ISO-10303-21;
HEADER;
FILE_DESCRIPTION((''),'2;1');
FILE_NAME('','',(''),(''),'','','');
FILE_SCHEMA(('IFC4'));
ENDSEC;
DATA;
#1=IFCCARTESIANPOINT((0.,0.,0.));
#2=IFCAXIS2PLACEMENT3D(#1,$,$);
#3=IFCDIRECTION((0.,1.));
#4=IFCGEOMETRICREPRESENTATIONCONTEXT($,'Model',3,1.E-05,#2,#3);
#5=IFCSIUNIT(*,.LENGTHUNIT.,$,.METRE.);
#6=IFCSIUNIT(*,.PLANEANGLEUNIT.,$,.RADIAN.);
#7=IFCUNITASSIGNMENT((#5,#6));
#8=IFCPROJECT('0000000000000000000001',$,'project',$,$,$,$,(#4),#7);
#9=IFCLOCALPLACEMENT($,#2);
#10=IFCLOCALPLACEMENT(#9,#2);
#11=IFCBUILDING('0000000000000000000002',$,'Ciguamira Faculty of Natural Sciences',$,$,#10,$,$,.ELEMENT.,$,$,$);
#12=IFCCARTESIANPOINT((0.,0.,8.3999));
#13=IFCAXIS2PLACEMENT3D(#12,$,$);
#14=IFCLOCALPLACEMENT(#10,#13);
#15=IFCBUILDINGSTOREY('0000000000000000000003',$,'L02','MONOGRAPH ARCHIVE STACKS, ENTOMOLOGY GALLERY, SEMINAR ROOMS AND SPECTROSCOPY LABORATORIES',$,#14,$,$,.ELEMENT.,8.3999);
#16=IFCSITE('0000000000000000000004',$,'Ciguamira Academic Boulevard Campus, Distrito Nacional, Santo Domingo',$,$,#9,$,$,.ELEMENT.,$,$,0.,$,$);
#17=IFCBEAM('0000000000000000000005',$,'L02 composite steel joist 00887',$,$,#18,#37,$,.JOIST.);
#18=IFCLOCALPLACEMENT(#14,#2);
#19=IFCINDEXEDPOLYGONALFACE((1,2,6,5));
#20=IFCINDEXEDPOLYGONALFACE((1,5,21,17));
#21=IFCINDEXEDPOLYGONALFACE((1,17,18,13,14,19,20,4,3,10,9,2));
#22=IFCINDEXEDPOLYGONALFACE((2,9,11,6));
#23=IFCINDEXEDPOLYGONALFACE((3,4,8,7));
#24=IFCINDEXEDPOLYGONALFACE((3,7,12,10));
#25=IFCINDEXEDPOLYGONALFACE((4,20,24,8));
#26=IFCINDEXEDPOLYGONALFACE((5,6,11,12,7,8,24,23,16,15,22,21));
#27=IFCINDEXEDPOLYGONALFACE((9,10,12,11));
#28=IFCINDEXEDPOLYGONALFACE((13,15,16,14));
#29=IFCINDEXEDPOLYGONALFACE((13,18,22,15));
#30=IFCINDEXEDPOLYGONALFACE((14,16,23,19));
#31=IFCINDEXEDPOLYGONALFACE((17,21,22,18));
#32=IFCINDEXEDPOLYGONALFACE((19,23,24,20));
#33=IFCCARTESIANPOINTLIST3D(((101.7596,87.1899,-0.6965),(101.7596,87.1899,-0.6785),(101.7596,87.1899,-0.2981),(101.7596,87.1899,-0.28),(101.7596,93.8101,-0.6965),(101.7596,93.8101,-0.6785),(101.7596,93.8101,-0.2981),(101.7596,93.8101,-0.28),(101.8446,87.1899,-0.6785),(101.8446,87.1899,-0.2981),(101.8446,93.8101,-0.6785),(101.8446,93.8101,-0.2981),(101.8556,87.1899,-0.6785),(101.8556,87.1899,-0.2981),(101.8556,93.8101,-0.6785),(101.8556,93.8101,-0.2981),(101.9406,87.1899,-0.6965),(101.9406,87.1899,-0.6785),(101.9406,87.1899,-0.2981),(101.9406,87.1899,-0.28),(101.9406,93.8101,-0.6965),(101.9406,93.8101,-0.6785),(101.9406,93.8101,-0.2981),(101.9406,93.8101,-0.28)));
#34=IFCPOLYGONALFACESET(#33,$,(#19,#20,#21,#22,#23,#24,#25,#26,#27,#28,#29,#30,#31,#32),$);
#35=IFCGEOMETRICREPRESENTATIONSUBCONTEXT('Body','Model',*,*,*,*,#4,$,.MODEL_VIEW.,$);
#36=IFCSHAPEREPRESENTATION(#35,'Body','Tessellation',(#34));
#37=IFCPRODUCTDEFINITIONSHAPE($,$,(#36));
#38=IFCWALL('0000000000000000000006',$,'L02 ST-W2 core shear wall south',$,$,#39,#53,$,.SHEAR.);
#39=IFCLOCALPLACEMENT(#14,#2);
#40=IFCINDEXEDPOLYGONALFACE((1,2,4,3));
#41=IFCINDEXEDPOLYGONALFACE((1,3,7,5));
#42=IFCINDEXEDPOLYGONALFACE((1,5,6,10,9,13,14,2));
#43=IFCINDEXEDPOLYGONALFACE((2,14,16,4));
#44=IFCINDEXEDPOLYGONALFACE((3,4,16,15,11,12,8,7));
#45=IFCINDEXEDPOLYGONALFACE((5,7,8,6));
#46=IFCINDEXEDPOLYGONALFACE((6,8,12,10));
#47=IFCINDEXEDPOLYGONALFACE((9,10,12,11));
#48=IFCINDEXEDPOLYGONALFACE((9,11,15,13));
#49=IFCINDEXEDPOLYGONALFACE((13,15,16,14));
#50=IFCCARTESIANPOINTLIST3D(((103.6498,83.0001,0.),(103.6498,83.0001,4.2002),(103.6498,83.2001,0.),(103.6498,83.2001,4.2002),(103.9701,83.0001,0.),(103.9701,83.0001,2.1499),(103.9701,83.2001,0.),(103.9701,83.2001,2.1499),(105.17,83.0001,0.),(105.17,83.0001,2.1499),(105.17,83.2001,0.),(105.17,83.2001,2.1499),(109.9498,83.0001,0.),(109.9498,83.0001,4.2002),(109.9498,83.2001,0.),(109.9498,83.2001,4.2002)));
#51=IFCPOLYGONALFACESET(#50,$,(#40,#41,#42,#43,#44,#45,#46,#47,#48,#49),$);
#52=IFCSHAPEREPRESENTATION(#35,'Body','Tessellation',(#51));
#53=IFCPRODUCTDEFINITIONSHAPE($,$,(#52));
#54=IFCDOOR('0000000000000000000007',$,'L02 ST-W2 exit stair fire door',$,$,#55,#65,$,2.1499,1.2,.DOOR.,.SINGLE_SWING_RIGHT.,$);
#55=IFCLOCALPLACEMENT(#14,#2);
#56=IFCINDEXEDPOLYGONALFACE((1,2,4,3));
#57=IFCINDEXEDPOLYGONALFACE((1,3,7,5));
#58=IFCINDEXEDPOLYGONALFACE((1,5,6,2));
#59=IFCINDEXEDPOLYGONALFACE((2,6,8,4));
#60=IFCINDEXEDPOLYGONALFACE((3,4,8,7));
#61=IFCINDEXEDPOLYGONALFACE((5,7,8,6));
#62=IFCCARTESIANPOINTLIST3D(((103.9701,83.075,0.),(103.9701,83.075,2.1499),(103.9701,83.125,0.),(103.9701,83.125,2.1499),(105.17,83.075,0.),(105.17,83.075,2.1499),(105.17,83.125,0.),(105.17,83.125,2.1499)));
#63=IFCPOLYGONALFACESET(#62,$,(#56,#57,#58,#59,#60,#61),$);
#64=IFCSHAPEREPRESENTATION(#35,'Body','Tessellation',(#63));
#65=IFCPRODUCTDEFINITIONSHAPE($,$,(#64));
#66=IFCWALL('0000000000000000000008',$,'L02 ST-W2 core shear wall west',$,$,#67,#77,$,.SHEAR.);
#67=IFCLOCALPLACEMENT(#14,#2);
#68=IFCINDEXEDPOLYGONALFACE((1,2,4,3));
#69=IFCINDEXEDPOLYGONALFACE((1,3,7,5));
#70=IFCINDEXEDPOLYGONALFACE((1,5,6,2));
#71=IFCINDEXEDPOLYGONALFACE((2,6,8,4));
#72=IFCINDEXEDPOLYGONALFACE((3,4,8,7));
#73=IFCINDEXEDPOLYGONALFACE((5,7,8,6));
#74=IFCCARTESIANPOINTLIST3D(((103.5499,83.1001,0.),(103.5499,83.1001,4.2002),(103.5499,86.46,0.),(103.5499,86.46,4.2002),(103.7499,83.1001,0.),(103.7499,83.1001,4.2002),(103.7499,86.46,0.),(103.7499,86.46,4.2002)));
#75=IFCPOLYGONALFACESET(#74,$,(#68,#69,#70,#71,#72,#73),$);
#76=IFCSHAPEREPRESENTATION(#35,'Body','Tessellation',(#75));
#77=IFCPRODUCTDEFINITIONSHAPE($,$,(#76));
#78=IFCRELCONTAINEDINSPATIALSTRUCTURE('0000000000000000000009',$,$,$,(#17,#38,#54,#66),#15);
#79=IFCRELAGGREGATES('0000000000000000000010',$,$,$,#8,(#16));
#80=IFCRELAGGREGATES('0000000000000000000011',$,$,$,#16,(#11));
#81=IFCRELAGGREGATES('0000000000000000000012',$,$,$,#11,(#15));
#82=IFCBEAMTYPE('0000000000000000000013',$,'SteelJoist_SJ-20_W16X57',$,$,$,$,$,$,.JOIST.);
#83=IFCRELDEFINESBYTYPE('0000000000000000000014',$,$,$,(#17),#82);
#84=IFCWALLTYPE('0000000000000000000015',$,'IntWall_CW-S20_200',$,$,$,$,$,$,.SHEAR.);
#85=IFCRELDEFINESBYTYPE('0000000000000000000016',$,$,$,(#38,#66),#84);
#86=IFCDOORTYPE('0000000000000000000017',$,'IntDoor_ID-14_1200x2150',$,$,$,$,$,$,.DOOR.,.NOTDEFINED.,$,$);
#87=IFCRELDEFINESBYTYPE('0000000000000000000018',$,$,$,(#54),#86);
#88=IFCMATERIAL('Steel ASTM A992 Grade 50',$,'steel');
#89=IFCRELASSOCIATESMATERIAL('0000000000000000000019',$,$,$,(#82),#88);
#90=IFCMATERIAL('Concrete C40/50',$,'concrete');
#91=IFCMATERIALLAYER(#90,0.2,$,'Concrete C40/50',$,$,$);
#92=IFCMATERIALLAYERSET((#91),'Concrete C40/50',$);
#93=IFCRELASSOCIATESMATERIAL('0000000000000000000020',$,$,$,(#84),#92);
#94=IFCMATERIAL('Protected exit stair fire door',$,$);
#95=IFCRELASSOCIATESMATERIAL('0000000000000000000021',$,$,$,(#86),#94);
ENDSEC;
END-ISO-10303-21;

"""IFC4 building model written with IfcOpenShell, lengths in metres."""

from ifc_helpers import new_model, si_unit, direction, frame, frame_2d, origin, origin_2d, place, context, subcontext, project, spatial, rectangle, i_section, extrude, material, layer, layer_set, material_profile, profile_set, type_object, element, fill, save


model = new_model("IFC4")

# Units and contexts
model_context = context("Model", 3, precision=1e-05, world=origin(), true_north=direction((0.0, 1.0)))
body_context = subcontext(model_context, "Body", "Model", "MODEL_VIEW")
ifc_project = project(units=[si_unit("LENGTHUNIT", "METRE"), si_unit("PLANEANGLEUNIT", "RADIAN")], contexts=[model_context])

# Site, building, storey
site_placement = place(None, origin())
site = spatial("IfcSite", under=ifc_project, at=site_placement, Name="Ciguamira Academic Boulevard Campus, Distrito Nacional, Santo Domingo", CompositionType="ELEMENT", RefElevation=0.0)
building_placement = place(site_placement, origin())
building = spatial("IfcBuilding", under=site, at=building_placement, Name="Ciguamira Faculty of Natural Sciences", CompositionType="ELEMENT")
storey_placement = place(building_placement, frame((0.0, 0.0, 8.3999)))
storey = spatial("IfcBuildingStorey", under=building, at=storey_placement, Name="L02", Description="MONOGRAPH ARCHIVE STACKS, ENTOMOLOGY GALLERY, SEMINAR ROOMS AND SPECTROSCOPY LABORATORIES", CompositionType="ELEMENT", Elevation=8.3999)

# Shared definitions
ifc_material_1 = material(Name="Concrete C40/50", Category="concrete")

# Beam
ifc_material_2 = material(Name="Steel ASTM A992 Grade 50", Category="steel")
ifc_material_profile_1 = material_profile(ifc_material_2, i_section(OverallWidth=0.1809, OverallDepth=0.4165, WebThickness=0.011, FlangeThickness=0.0181, at=origin_2d()), Name="W16X57")
ifc_profile_set_1 = profile_set([ifc_material_profile_1], Name="Steel ASTM A992 Grade 50")
beam_type_1 = type_object("IfcBeamType", Name="SteelJoist_SJ-20_W16X57", PredefinedType="JOIST", material=ifc_profile_set_1)
beam_1_placement = place(storey_placement, frame((101.8501, 87.1899, -0.4883), z_axis=(0.0, 1.0, 0.0), x_axis=(-1.0, 0.0, 0.0)))
element("IfcBeam", 1, at=beam_1_placement, inside=storey, type_object=beam_type_1, Name="L02 composite steel joist 00887", PredefinedType="JOIST", context=body_context, shape_type="SweptSolid", body=[
    extrude(i_section(OverallWidth=0.1809, OverallDepth=0.4165, WebThickness=0.011, FlangeThickness=0.0181, at=origin_2d()), origin(), (0.0, 0.0, 1.0), 6.6201),
])

# Wall, opening, door
ifc_layer = layer(ifc_material_1, 0.2, Name="Concrete C40/50")
ifc_layer_set = layer_set([ifc_layer], Name="Concrete C40/50")
wall_type = type_object("IfcWallType", Name="IntWall_CW-S20_200", PredefinedType="SHEAR", material=ifc_layer_set)
wall_1_placement = place(storey_placement, frame((103.6499, 83.1001, 0.0), z_axis=(0.0, 0.0, 1.0), x_axis=(1.0, 0.0, 0.0)))
wall_1 = element("IfcWall", 2, at=wall_1_placement, inside=storey, type_object=wall_type, Name="L02 ST-W2 core shear wall south", PredefinedType="SHEAR", context=body_context, shape_type="SweptSolid", body=[
    extrude(rectangle(XDim=6.3, YDim=0.2, at=frame_2d((3.1499, 0.0))), origin(), (0.0, 0.0, 1.0), 4.2002),
])
opening_placement = place(wall_1_placement, frame((0.3201, 0.0, 0.0)))
opening = element("IfcOpeningElement", 3, at=opening_placement, cuts=wall_1, PredefinedType="OPENING", context=body_context, shape_type="SweptSolid", body=[
    extrude(rectangle(XDim=1.2, YDim=2.1499, at=frame_2d((0.6001, 1.075))), frame((0.0, 0.1099, 0.0), z_axis=(0.0, -1.0, 0.0), x_axis=(1.0, 0.0, 0.0)), (0.0, 0.0, 1.0), 0.22),
])
ifc_material_3 = material(Name="Protected exit stair fire door")
door_type = type_object("IfcDoorType", Name="IntDoor_ID-14_1200x2150", OperationType="NOTDEFINED", PredefinedType="DOOR", material=ifc_material_3)
door_placement = place(opening_placement, origin())
door = element("IfcDoor", 4, at=door_placement, inside=storey, type_object=door_type, Name="L02 ST-W2 exit stair fire door", OperationType="SINGLE_SWING_RIGHT", OverallHeight=2.1499, OverallWidth=1.2, PredefinedType="DOOR", context=body_context, shape_type="SweptSolid", body=[
    extrude(rectangle(XDim=1.2, YDim=2.1499, at=frame_2d((0.6001, 1.075))), frame((0.0, 0.0249, 0.0), z_axis=(0.0, -1.0, 0.0), x_axis=(1.0, 0.0, 0.0)), (0.0, 0.0, 1.0), 0.05),
])
fill(opening, door)

# Wall
wall_2_placement = place(storey_placement, frame((103.6499, 83.1001, 0.0), z_axis=(0.0, 0.0, 1.0), x_axis=(0.0, 1.0, 0.0)))
element("IfcWall", 5, at=wall_2_placement, inside=storey, type_object=wall_type, Name="L02 ST-W2 core shear wall west", PredefinedType="SHEAR", context=body_context, shape_type="SweptSolid", body=[
    extrude(rectangle(XDim=3.3599, YDim=0.2, at=frame_2d((1.6799, 0.0))), origin(), (0.0, 0.0, 1.0), 4.2002),
])

save(model, "model.ifc")
